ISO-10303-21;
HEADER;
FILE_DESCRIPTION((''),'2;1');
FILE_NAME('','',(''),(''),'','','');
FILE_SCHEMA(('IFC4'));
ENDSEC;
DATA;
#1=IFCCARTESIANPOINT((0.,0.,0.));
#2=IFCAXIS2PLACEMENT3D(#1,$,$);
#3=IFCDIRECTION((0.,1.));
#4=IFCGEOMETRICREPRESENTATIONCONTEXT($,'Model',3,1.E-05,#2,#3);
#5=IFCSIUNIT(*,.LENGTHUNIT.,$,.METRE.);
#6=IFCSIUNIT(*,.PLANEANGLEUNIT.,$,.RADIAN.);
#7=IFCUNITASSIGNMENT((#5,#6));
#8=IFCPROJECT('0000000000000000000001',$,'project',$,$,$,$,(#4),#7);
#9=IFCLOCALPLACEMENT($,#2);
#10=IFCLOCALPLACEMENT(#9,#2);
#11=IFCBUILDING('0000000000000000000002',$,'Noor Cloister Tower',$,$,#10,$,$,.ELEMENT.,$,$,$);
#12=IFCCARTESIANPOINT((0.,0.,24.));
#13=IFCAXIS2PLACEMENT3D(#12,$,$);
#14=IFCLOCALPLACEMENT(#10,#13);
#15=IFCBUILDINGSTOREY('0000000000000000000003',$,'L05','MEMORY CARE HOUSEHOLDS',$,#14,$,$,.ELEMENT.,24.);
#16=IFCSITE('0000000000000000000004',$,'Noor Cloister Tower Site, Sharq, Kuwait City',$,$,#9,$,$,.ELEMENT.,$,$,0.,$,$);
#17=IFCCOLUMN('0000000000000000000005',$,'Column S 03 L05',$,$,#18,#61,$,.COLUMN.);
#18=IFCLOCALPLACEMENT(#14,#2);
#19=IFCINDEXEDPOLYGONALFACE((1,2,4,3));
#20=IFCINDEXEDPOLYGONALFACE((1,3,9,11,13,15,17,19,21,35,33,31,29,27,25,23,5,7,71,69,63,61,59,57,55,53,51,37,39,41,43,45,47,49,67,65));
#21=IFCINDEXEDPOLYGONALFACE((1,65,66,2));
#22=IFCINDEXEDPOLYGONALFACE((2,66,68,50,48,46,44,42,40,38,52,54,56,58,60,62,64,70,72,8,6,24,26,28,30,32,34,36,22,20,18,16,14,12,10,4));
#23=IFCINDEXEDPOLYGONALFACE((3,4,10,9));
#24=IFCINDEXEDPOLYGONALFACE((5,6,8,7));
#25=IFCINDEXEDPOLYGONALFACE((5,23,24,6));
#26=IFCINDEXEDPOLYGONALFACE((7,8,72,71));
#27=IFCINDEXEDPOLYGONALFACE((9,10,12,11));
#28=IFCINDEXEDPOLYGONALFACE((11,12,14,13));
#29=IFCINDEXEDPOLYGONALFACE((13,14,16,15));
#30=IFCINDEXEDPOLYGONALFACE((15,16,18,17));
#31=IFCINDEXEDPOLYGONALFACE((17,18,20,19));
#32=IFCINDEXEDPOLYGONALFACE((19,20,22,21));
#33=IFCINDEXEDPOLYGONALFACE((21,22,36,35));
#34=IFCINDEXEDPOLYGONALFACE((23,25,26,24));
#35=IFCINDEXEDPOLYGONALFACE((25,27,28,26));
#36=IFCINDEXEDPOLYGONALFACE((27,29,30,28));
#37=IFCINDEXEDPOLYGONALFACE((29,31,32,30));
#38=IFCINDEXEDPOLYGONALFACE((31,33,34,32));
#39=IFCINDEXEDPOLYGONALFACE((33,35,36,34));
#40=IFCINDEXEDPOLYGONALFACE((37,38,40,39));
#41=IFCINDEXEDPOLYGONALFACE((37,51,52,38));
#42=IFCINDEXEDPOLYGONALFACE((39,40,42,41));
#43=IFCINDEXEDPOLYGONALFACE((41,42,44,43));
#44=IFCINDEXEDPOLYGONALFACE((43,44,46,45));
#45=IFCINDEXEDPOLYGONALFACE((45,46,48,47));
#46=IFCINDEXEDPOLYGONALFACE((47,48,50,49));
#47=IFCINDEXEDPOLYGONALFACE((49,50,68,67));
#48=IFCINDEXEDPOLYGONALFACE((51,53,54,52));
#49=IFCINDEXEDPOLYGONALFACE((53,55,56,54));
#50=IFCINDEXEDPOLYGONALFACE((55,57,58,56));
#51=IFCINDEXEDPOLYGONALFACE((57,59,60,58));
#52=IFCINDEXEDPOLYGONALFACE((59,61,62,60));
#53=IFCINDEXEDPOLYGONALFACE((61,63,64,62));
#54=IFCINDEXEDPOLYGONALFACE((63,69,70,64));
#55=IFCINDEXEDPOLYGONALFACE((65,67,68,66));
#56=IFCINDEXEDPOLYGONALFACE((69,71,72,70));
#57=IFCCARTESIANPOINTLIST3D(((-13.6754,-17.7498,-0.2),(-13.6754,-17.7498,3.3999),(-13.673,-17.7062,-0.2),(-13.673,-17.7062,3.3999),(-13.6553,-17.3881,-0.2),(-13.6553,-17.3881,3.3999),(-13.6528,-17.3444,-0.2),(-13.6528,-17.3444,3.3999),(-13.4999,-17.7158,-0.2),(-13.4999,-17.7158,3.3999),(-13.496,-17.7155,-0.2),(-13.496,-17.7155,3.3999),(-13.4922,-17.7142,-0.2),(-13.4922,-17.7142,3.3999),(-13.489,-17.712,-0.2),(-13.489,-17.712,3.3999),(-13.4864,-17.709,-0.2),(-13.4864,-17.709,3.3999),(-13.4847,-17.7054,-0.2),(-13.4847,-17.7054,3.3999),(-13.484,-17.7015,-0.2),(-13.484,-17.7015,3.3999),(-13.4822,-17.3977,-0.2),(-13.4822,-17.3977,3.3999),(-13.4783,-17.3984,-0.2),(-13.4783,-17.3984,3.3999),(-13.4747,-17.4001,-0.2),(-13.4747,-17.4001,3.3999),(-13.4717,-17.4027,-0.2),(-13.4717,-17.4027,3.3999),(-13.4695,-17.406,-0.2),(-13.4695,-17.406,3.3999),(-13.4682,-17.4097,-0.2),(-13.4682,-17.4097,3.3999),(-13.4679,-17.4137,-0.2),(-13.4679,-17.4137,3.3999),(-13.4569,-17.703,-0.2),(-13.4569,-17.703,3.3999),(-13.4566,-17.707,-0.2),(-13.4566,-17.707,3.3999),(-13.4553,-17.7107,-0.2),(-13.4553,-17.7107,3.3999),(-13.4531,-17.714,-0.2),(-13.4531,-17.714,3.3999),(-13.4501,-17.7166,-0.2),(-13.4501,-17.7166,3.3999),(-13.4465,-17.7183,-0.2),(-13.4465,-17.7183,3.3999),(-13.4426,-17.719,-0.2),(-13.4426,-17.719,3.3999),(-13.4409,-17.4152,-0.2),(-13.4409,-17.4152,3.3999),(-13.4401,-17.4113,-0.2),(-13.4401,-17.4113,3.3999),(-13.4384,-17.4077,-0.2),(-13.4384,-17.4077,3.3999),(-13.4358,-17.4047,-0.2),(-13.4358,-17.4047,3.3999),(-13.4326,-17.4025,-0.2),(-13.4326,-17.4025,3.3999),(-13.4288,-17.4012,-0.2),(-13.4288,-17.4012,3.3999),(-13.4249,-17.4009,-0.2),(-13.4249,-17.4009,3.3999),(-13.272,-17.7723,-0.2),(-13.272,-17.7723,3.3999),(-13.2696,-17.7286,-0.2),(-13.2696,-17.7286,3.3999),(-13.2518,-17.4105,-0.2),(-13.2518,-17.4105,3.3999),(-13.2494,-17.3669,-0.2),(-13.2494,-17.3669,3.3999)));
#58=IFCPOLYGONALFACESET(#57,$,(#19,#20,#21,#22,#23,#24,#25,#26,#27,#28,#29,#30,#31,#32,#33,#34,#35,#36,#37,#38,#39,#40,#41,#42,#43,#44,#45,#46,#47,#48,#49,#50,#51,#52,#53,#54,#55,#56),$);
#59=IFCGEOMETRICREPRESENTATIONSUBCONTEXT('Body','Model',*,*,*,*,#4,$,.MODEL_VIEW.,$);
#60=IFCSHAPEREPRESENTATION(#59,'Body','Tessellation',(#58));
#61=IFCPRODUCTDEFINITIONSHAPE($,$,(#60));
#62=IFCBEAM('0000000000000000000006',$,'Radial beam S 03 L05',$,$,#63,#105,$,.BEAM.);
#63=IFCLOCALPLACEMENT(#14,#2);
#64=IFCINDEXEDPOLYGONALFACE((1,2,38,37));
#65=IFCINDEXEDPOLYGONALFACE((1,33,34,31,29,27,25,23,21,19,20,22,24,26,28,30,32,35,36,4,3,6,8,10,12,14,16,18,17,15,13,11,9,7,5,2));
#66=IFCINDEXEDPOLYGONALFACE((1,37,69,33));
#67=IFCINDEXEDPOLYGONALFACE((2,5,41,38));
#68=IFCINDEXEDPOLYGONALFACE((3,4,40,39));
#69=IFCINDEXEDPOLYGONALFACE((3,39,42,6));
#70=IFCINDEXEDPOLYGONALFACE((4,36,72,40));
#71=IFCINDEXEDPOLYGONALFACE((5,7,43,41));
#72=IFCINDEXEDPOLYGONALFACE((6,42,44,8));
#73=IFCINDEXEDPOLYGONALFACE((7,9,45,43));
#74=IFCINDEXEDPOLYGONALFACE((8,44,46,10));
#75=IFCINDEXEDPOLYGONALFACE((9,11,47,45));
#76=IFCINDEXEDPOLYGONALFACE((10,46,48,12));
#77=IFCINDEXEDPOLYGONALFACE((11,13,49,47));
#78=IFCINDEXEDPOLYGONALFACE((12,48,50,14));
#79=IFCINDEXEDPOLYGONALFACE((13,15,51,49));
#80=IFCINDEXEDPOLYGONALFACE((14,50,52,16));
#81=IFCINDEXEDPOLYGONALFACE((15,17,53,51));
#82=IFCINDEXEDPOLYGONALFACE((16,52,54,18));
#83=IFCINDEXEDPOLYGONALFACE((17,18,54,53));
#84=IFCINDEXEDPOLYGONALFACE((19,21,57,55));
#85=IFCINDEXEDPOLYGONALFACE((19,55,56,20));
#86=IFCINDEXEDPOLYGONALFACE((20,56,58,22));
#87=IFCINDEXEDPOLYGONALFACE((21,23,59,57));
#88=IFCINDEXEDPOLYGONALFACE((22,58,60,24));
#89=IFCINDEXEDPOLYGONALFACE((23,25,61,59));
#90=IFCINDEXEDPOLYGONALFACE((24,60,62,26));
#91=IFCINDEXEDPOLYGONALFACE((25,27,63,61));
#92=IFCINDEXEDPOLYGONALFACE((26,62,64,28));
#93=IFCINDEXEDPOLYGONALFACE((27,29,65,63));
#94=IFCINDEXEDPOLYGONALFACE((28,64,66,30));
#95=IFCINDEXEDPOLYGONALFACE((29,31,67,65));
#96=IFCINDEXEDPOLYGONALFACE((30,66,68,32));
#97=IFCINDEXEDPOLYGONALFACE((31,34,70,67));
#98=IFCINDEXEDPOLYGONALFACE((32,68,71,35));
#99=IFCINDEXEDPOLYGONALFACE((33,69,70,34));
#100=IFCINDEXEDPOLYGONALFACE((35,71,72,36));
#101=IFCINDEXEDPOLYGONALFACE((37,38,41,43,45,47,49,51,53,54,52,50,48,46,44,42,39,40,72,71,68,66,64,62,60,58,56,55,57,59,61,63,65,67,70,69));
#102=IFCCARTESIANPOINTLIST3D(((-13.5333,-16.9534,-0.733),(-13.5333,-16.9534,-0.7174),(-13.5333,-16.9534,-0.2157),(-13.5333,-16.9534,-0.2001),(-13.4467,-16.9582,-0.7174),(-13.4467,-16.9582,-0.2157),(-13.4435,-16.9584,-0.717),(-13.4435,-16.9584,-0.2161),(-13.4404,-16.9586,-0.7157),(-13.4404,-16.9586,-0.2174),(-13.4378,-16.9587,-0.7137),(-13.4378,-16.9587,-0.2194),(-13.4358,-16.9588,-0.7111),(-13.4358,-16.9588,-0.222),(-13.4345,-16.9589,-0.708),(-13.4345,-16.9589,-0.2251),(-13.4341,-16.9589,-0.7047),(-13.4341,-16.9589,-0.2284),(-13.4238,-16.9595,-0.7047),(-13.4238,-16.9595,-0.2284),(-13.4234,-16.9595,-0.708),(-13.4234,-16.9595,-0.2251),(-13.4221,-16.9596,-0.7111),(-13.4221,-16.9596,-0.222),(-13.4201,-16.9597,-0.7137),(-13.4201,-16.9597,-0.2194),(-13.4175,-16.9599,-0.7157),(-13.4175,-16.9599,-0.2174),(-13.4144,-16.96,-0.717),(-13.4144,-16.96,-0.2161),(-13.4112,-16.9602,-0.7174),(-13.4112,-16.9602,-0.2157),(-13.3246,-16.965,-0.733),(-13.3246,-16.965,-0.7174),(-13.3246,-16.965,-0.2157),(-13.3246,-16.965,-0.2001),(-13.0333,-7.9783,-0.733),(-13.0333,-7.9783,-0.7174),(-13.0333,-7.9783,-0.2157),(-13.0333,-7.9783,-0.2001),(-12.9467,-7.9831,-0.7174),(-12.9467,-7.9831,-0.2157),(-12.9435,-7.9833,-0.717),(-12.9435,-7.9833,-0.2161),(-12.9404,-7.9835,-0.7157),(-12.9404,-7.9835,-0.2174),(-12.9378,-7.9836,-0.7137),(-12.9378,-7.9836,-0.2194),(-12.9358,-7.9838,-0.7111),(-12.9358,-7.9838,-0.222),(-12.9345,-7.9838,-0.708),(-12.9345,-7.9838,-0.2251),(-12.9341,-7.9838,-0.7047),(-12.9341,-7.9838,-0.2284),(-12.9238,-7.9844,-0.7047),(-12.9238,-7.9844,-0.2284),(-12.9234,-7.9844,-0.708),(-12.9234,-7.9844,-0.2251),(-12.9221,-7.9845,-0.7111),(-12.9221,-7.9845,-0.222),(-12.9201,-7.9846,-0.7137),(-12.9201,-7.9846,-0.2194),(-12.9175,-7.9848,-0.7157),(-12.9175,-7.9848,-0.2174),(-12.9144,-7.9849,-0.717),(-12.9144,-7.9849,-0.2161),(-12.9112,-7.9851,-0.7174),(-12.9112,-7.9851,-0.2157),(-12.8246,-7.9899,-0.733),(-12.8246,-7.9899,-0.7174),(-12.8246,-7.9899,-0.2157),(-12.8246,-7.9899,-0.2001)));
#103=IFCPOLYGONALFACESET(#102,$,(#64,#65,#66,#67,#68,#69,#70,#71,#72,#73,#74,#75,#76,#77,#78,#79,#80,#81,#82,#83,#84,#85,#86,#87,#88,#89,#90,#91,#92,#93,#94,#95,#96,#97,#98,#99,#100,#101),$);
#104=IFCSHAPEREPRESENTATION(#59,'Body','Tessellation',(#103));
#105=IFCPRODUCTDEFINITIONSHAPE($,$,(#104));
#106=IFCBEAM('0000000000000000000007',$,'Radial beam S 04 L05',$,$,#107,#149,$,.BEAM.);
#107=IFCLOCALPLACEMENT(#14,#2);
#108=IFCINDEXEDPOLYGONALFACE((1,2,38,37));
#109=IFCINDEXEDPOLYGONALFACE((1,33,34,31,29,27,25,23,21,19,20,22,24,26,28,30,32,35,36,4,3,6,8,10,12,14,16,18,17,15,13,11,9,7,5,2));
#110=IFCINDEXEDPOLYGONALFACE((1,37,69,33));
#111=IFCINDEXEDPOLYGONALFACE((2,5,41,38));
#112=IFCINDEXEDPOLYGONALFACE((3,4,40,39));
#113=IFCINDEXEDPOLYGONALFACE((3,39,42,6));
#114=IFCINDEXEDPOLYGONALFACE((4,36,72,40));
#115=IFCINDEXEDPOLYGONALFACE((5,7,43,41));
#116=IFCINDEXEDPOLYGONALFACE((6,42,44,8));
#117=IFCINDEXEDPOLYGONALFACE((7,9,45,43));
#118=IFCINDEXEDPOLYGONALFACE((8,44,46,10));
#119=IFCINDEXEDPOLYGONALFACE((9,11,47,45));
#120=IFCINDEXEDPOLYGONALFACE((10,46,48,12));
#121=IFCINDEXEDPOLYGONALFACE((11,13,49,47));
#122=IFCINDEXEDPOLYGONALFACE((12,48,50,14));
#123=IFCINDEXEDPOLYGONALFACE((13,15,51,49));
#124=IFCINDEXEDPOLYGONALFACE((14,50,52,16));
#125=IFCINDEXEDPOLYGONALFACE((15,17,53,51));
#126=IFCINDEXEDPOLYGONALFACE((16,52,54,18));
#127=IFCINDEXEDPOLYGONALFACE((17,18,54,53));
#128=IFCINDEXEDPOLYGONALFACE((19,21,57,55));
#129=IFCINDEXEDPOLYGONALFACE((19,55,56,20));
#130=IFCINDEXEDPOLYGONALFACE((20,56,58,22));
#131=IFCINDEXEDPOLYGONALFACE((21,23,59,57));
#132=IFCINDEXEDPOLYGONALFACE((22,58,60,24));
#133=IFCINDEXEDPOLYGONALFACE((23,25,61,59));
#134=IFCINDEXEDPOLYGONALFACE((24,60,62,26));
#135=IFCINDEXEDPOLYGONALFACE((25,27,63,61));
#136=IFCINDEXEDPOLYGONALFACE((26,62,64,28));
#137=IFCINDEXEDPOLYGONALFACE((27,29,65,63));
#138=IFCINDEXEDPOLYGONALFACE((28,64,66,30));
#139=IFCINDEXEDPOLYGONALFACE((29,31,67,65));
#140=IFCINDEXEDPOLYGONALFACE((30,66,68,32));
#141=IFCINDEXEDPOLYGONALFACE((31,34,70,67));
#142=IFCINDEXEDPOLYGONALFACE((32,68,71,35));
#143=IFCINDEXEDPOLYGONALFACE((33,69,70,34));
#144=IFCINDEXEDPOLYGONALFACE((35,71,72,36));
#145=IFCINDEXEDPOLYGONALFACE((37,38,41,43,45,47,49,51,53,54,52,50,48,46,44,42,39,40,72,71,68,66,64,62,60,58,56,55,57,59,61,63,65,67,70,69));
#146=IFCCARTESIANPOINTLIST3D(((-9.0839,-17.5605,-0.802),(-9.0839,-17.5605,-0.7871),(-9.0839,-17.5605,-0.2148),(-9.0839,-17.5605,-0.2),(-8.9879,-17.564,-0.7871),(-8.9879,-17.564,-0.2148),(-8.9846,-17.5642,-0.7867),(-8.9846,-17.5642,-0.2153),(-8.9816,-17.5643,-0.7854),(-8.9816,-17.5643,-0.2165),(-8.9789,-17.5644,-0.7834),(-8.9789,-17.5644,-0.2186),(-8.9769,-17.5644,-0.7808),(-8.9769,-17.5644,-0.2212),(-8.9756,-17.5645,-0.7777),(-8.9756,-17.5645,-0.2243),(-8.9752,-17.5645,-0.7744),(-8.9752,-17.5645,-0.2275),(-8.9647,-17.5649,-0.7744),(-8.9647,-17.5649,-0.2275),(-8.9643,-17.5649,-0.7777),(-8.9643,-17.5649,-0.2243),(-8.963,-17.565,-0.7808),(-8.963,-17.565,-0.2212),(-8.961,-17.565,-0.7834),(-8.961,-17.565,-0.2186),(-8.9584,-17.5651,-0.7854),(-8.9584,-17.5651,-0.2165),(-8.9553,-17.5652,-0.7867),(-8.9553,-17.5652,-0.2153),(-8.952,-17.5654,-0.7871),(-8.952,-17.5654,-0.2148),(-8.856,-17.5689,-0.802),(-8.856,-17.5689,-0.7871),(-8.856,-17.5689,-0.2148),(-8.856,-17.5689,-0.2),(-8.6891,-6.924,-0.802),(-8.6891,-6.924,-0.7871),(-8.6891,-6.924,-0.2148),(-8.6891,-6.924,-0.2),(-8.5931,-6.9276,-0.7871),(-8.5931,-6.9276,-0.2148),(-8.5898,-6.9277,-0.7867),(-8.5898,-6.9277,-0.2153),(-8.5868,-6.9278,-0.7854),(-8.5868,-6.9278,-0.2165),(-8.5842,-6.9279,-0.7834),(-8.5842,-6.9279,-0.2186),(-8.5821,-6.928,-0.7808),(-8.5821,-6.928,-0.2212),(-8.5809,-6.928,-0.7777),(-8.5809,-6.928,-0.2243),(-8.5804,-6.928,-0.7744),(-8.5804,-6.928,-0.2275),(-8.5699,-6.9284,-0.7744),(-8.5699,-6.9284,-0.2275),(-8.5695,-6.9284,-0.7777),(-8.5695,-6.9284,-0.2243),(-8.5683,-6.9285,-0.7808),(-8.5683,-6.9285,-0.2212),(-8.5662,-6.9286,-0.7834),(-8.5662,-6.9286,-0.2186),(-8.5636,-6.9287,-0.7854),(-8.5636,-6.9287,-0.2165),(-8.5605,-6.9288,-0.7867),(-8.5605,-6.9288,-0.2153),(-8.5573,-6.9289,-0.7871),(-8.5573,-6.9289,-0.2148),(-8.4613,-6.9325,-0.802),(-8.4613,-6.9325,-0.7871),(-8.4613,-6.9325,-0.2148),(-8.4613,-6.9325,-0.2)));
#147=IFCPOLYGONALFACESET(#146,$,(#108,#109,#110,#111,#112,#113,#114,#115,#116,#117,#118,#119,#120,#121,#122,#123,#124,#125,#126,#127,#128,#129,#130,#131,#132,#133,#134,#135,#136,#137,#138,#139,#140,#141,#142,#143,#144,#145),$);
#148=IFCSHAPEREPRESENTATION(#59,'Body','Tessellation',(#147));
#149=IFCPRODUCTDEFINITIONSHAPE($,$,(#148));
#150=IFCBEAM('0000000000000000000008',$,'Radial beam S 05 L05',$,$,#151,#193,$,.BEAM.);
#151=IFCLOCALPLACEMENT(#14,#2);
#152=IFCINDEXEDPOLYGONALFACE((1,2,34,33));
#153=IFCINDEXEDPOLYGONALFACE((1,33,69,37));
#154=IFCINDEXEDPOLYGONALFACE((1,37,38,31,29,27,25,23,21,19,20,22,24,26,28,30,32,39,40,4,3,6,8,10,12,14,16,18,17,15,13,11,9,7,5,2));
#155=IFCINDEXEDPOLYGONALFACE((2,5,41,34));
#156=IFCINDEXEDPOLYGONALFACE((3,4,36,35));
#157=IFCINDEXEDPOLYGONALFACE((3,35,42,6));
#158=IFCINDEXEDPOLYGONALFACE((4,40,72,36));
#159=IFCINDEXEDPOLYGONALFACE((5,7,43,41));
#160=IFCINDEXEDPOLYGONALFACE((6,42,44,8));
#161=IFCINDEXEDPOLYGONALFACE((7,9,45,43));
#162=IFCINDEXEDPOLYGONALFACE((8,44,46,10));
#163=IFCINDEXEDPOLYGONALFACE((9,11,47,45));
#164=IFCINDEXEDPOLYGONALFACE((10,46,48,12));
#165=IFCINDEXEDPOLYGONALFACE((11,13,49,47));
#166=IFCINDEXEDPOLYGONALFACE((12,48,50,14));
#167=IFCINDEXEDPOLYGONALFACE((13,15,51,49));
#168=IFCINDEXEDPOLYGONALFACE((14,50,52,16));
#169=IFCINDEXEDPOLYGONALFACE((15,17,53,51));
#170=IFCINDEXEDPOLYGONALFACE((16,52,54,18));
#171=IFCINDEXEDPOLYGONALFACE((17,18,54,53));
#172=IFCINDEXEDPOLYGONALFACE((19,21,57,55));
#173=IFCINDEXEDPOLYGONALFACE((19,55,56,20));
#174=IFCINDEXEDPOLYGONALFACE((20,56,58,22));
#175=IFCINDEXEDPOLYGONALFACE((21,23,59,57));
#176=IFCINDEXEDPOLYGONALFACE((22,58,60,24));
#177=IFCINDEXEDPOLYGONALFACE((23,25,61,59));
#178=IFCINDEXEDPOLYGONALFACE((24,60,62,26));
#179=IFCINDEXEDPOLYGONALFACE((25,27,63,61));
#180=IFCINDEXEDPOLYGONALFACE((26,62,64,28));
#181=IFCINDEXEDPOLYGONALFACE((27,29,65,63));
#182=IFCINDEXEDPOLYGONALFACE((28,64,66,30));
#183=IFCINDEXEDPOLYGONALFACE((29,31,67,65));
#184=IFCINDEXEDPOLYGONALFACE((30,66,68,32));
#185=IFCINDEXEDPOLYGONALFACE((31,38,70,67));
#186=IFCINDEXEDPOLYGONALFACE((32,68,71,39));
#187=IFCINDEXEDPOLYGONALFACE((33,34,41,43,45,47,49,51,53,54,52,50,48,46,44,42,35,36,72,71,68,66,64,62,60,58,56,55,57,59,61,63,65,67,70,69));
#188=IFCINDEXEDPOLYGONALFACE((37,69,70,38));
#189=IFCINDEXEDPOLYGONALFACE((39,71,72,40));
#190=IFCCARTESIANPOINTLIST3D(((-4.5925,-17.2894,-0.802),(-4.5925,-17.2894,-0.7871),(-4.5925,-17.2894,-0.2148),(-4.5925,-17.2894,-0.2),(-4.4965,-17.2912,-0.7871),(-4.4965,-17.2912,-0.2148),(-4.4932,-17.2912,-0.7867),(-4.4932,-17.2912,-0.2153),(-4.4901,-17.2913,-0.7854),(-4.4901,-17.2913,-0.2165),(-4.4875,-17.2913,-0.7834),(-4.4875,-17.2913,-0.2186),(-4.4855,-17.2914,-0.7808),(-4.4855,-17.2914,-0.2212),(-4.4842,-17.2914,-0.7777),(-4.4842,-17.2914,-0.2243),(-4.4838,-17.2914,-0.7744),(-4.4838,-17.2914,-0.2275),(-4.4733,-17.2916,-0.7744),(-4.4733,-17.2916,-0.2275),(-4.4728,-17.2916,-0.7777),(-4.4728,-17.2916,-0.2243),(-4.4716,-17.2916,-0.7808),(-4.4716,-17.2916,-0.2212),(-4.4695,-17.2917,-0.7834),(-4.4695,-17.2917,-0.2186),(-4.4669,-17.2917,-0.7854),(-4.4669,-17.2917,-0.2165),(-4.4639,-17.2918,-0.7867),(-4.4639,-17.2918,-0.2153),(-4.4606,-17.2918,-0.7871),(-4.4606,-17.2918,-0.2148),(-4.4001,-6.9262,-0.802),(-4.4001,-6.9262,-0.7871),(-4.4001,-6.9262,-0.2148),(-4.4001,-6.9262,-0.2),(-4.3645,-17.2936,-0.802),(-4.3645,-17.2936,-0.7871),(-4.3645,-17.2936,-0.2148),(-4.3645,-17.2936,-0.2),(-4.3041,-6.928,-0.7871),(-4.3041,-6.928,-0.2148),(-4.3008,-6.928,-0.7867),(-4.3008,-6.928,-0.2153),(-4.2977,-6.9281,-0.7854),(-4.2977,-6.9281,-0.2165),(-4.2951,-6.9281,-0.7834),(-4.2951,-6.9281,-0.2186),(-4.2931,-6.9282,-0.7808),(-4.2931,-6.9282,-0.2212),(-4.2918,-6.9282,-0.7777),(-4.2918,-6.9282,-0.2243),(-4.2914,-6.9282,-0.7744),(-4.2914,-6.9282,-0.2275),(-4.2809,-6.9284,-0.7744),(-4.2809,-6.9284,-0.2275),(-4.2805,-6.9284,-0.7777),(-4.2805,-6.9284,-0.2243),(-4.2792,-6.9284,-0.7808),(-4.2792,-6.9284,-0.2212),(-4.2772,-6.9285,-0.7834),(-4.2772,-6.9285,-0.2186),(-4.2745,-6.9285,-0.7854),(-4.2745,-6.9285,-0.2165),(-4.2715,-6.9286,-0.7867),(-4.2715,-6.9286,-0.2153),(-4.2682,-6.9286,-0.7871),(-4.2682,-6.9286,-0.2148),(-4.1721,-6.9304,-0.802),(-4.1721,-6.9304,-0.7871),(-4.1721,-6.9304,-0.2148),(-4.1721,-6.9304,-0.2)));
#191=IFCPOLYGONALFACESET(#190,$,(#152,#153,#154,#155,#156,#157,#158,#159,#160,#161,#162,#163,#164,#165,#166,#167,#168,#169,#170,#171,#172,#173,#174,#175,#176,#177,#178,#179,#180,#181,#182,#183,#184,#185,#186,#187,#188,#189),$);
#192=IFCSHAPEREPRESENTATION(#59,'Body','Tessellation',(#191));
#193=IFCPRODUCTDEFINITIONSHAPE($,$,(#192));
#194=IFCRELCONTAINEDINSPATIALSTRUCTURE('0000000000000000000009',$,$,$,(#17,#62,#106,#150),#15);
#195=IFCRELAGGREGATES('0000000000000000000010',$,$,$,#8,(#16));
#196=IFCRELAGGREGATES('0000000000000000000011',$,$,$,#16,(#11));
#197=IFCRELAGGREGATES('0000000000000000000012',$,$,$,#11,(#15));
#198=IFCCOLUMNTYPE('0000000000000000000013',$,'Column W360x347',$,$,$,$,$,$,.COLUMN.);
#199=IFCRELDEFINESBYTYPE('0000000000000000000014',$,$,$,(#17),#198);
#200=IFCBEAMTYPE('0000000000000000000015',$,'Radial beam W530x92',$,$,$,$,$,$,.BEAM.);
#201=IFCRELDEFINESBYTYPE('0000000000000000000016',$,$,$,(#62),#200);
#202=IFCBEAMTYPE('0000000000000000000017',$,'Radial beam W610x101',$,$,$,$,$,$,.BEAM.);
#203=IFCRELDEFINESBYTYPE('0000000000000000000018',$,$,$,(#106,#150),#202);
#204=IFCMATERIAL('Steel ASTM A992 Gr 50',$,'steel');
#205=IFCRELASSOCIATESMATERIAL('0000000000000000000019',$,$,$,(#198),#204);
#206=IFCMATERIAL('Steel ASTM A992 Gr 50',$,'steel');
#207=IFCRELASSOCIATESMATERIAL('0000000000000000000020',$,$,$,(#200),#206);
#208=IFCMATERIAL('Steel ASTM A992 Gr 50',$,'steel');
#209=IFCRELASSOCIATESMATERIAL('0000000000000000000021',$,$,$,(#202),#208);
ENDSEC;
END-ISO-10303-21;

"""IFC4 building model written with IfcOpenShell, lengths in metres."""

from ifc_helpers import new_model, si_unit, direction, frame, origin, origin_2d, place, context, subcontext, project, spatial, i_section, extrude, material, material_profile, profile_set, type_object, element, save


model = new_model("IFC4")

# Units and contexts
model_context = context("Model", 3, precision=1e-05, world=origin(), true_north=direction((0.0, 1.0)))
body_context = subcontext(model_context, "Body", "Model", "MODEL_VIEW")
ifc_project = project(units=[si_unit("LENGTHUNIT", "METRE"), si_unit("PLANEANGLEUNIT", "RADIAN")], contexts=[model_context])

# Site, building, storey
site_placement = place(None, origin())
site = spatial("IfcSite", under=ifc_project, at=site_placement, Name="Noor Cloister Tower Site, Sharq, Kuwait City", CompositionType="ELEMENT", RefElevation=0.0)
building_placement = place(site_placement, origin())
building = spatial("IfcBuilding", under=site, at=building_placement, Name="Noor Cloister Tower", CompositionType="ELEMENT")
storey_placement = place(building_placement, frame((0.0, 0.0, 24.0)))
storey = spatial("IfcBuildingStorey", under=building, at=storey_placement, Name="L05", Description="MEMORY CARE HOUSEHOLDS", CompositionType="ELEMENT", Elevation=24.0)

# Column
ifc_material_1 = material(Name="Steel ASTM A992 Gr 50", Category="steel")
ifc_material_profile_1 = material_profile(ifc_material_1, i_section(OverallWidth=0.4041, OverallDepth=0.406, WebThickness=0.0271, FlangeThickness=0.0437, FilletRadius=0.0151, at=origin_2d()), Name="W360x347")
ifc_profile_set_1 = profile_set([ifc_material_profile_1], Name="Steel ASTM A992 Gr 50")
column_type = type_object("IfcColumnType", Name="Column W360x347", PredefinedType="COLUMN", material=ifc_profile_set_1)
column_placement = place(storey_placement, frame((-13.4624, -17.5583, -0.2), z_axis=(0.0, 0.0, 1.0), x_axis=(0.998451, -0.055633, 0.0)))
element("IfcColumn", 1, at=column_placement, inside=storey, type_object=column_type, Name="Column S 03 L05", PredefinedType="COLUMN", context=body_context, shape_type="SweptSolid", body=[
    extrude(i_section(OverallWidth=0.4041, OverallDepth=0.406, WebThickness=0.0271, FlangeThickness=0.0437, FilletRadius=0.0151, at=origin_2d()), origin(), (0.0, 0.0, 1.0), 3.5999),
])

# Beams
ifc_material_2 = material(Name="Steel ASTM A992 Gr 50", Category="steel")
ifc_material_profile_2 = material_profile(ifc_material_2, i_section(OverallWidth=0.209, OverallDepth=0.533, WebThickness=0.0103, FlangeThickness=0.0156, FilletRadius=0.0127, at=origin_2d()), Name="W530x92")
ifc_profile_set_2 = profile_set([ifc_material_profile_2], Name="Steel ASTM A992 Gr 50")
beam_type_1 = type_object("IfcBeamType", Name="Radial beam W530x92", PredefinedType="BEAM", material=ifc_profile_set_2)
beam_1_placement = place(storey_placement, frame((-13.429, -16.9592, -0.4666), z_axis=(0.055623, 0.998452, 0.0), x_axis=(-0.998452, 0.055623, 0.0)))
element("IfcBeam", 2, at=beam_1_placement, inside=storey, type_object=beam_type_1, Name="Radial beam S 03 L05", PredefinedType="BEAM", context=body_context, shape_type="SweptSolid", body=[
    extrude(i_section(OverallWidth=0.209, OverallDepth=0.533, WebThickness=0.0103, FlangeThickness=0.0156, FilletRadius=0.0127, at=origin_2d()), origin(), (0.0, 0.0, 1.0), 8.989),
])
ifc_material_3 = material(Name="Steel ASTM A992 Gr 50", Category="steel")
ifc_material_profile_3 = material_profile(ifc_material_3, i_section(OverallWidth=0.228, OverallDepth=0.6021, WebThickness=0.0105, FlangeThickness=0.0149, FilletRadius=0.0127, at=origin_2d()), Name="W610x101")
ifc_profile_set_3 = profile_set([ifc_material_profile_3], Name="Steel ASTM A992 Gr 50")
beam_type_2 = type_object("IfcBeamType", Name="Radial beam W610x101", PredefinedType="BEAM", material=ifc_profile_set_3)
beam_2_placement = place(storey_placement, frame((-8.97, -17.5647, -0.501), z_axis=(0.03709, 0.999312, 0.0), x_axis=(-0.999312, 0.03709, 0.0)))
element("IfcBeam", 3, at=beam_2_placement, inside=storey, type_object=beam_type_2, Name="Radial beam S 04 L05", PredefinedType="BEAM", context=body_context, shape_type="SweptSolid", body=[
    extrude(i_section(OverallWidth=0.228, OverallDepth=0.6021, WebThickness=0.0105, FlangeThickness=0.0149, FilletRadius=0.0127, at=origin_2d()), origin(), (0.0, 0.0, 1.0), 10.6438),
])
beam_3_placement = place(storey_placement, frame((-4.4785, -17.2915, -0.501), z_axis=(0.018561, 0.999828, 0.0), x_axis=(-0.999828, 0.018561, 0.0)))
element("IfcBeam", 4, at=beam_3_placement, inside=storey, type_object=beam_type_2, Name="Radial beam S 05 L05", PredefinedType="BEAM", context=body_context, shape_type="SweptSolid", body=[
    extrude(i_section(OverallWidth=0.228, OverallDepth=0.6021, WebThickness=0.0105, FlangeThickness=0.0149, FilletRadius=0.0127, at=origin_2d()), origin(), (0.0, 0.0, 1.0), 10.365),
])

save(model, "model.ifc")
